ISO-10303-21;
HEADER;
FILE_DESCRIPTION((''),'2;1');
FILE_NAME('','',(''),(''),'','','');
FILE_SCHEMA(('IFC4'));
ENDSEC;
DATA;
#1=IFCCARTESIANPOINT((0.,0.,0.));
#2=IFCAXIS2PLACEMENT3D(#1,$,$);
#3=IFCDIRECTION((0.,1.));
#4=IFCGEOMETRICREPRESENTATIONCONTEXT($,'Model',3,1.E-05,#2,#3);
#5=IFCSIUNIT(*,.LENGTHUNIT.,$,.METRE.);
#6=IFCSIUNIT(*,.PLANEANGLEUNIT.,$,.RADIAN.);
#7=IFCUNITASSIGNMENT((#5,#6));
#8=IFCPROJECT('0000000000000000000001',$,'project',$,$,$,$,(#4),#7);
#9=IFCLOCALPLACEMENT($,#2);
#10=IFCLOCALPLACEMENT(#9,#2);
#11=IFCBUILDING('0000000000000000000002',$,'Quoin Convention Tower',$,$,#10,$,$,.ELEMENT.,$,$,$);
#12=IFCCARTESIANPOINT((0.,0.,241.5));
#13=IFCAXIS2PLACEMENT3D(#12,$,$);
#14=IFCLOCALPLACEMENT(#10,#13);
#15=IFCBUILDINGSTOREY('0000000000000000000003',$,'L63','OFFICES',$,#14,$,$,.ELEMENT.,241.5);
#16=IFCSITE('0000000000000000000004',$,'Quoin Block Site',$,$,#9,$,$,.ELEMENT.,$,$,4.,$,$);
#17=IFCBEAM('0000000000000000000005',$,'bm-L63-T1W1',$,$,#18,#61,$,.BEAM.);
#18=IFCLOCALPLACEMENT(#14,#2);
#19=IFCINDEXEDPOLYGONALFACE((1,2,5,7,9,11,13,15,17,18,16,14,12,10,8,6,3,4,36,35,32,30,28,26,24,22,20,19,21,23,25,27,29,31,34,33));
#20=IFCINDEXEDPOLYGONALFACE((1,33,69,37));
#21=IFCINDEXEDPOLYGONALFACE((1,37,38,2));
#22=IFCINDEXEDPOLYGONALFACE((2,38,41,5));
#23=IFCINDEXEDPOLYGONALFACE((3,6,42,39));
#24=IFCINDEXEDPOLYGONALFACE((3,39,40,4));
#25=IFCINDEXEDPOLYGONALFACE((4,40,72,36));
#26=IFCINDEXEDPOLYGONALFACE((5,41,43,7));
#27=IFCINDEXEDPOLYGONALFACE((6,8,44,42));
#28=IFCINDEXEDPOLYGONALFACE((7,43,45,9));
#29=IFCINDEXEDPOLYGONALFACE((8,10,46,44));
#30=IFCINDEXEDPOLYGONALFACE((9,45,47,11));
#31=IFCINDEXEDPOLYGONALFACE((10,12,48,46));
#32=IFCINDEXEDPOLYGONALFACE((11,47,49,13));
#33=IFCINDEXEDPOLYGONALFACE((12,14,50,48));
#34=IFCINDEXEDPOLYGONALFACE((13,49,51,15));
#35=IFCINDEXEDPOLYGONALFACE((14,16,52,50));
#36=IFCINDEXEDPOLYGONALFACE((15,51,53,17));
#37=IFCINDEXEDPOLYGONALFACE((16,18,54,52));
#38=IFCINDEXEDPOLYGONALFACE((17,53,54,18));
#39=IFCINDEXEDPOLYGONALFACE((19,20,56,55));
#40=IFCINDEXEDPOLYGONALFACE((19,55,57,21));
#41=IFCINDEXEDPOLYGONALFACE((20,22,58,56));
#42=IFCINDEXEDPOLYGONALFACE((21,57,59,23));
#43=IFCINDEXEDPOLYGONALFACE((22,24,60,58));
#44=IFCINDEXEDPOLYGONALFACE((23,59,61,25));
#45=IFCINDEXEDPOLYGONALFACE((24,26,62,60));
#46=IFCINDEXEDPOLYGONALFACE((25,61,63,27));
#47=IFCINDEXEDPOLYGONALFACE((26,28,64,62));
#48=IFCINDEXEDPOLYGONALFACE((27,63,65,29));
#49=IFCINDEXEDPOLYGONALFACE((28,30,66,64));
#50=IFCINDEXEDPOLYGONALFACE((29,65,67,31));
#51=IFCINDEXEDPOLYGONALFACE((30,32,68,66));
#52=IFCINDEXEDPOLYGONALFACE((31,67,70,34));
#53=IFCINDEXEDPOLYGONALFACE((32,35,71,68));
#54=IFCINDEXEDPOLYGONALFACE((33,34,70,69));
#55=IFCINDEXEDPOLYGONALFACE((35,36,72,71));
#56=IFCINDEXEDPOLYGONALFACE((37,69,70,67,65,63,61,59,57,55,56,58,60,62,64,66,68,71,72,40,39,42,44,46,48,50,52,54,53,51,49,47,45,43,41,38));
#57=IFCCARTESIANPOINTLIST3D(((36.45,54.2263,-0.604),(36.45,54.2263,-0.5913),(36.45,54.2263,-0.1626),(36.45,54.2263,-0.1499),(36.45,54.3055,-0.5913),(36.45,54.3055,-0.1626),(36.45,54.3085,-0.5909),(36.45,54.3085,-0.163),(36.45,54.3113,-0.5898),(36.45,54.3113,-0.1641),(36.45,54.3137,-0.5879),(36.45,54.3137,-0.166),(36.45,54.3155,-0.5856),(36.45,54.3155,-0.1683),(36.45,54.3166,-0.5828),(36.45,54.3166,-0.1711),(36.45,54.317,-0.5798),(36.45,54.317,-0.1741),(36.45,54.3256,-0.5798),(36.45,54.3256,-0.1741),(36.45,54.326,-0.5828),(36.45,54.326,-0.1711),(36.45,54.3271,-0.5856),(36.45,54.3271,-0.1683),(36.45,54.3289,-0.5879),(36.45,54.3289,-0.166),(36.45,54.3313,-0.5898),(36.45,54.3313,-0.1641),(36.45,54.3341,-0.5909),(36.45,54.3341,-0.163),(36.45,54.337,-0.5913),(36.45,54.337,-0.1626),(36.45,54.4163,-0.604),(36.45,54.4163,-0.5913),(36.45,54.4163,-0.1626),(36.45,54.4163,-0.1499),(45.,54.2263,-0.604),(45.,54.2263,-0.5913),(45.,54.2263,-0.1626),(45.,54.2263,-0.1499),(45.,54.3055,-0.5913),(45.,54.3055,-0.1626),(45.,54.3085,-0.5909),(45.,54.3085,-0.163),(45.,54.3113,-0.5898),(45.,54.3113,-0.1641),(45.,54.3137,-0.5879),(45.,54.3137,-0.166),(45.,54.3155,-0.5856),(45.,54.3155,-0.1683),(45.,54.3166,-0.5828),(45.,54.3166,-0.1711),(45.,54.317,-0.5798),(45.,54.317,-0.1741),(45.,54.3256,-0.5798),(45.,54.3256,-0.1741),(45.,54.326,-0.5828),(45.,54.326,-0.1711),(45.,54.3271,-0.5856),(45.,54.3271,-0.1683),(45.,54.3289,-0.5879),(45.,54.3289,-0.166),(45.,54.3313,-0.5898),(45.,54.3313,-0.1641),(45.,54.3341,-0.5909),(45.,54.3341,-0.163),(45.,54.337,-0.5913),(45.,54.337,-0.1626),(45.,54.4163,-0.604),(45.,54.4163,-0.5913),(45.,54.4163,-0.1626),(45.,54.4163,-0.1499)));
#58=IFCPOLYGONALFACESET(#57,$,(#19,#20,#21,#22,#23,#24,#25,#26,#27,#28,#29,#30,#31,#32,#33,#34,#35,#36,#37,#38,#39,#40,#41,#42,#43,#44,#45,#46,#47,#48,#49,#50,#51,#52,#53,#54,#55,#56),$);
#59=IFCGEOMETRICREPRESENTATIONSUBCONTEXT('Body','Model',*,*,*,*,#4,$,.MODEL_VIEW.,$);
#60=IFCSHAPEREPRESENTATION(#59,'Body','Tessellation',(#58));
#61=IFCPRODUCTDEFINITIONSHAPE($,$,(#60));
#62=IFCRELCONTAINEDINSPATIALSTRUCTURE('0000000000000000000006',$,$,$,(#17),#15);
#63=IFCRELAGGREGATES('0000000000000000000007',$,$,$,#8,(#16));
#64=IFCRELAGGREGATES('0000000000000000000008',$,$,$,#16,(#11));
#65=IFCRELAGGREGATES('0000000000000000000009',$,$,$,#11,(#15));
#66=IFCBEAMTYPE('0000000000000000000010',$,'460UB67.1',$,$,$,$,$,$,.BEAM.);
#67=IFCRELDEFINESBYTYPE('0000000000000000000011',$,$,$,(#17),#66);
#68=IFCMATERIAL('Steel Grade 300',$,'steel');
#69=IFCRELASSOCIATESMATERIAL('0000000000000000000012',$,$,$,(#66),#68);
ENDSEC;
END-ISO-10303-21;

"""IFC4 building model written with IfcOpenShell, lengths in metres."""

from ifc_helpers import new_model, si_unit, direction, frame, origin, origin_2d, place, context, subcontext, project, spatial, i_section, extrude, material, material_profile, profile_set, type_object, element, save


model = new_model("IFC4")

# Units and contexts
model_context = context("Model", 3, precision=1e-05, world=origin(), true_north=direction((0.0, 1.0)))
body_context = subcontext(model_context, "Body", "Model", "MODEL_VIEW")
ifc_project = project(units=[si_unit("LENGTHUNIT", "METRE"), si_unit("PLANEANGLEUNIT", "RADIAN")], contexts=[model_context])

# Site, building, storey
site_placement = place(None, origin())
site = spatial("IfcSite", under=ifc_project, at=site_placement, Name="Quoin Block Site", CompositionType="ELEMENT", RefElevation=4.0)
building_placement = place(site_placement, origin())
building = spatial("IfcBuilding", under=site, at=building_placement, Name="Quoin Convention Tower", CompositionType="ELEMENT")
storey_placement = place(building_placement, frame((0.0, 0.0, 241.5)))
storey = spatial("IfcBuildingStorey", under=building, at=storey_placement, Name="L63", Description="OFFICES", CompositionType="ELEMENT", Elevation=241.5)

# Beam
ifc_material_1 = material(Name="Steel Grade 300", Category="steel")
ifc_material_profile = material_profile(ifc_material_1, i_section(OverallWidth=0.1899, OverallDepth=0.4541, WebThickness=0.0085, FlangeThickness=0.0127, FilletRadius=0.0115, at=origin_2d()), Name="460UB67.1")
ifc_profile_set = profile_set([ifc_material_profile], Name="Steel Grade 300")
beam_type = type_object("IfcBeamType", Name="460UB67.1", PredefinedType="BEAM", material=ifc_profile_set)
beam_placement = place(storey_placement, frame((36.45, 54.3213, -0.377), z_axis=(1.0, 0.0, 0.0), x_axis=(0.0, 1.0, 0.0)))
element("IfcBeam", 1, at=beam_placement, inside=storey, type_object=beam_type, Name="bm-L63-T1W1", PredefinedType="BEAM", context=body_context, shape_type="SweptSolid", body=[
    extrude(i_section(OverallWidth=0.1899, OverallDepth=0.4541, WebThickness=0.0085, FlangeThickness=0.0127, FilletRadius=0.0115, at=origin_2d()), origin(), (0.0, 0.0, 1.0), 8.55),
])

save(model, "model.ifc")
